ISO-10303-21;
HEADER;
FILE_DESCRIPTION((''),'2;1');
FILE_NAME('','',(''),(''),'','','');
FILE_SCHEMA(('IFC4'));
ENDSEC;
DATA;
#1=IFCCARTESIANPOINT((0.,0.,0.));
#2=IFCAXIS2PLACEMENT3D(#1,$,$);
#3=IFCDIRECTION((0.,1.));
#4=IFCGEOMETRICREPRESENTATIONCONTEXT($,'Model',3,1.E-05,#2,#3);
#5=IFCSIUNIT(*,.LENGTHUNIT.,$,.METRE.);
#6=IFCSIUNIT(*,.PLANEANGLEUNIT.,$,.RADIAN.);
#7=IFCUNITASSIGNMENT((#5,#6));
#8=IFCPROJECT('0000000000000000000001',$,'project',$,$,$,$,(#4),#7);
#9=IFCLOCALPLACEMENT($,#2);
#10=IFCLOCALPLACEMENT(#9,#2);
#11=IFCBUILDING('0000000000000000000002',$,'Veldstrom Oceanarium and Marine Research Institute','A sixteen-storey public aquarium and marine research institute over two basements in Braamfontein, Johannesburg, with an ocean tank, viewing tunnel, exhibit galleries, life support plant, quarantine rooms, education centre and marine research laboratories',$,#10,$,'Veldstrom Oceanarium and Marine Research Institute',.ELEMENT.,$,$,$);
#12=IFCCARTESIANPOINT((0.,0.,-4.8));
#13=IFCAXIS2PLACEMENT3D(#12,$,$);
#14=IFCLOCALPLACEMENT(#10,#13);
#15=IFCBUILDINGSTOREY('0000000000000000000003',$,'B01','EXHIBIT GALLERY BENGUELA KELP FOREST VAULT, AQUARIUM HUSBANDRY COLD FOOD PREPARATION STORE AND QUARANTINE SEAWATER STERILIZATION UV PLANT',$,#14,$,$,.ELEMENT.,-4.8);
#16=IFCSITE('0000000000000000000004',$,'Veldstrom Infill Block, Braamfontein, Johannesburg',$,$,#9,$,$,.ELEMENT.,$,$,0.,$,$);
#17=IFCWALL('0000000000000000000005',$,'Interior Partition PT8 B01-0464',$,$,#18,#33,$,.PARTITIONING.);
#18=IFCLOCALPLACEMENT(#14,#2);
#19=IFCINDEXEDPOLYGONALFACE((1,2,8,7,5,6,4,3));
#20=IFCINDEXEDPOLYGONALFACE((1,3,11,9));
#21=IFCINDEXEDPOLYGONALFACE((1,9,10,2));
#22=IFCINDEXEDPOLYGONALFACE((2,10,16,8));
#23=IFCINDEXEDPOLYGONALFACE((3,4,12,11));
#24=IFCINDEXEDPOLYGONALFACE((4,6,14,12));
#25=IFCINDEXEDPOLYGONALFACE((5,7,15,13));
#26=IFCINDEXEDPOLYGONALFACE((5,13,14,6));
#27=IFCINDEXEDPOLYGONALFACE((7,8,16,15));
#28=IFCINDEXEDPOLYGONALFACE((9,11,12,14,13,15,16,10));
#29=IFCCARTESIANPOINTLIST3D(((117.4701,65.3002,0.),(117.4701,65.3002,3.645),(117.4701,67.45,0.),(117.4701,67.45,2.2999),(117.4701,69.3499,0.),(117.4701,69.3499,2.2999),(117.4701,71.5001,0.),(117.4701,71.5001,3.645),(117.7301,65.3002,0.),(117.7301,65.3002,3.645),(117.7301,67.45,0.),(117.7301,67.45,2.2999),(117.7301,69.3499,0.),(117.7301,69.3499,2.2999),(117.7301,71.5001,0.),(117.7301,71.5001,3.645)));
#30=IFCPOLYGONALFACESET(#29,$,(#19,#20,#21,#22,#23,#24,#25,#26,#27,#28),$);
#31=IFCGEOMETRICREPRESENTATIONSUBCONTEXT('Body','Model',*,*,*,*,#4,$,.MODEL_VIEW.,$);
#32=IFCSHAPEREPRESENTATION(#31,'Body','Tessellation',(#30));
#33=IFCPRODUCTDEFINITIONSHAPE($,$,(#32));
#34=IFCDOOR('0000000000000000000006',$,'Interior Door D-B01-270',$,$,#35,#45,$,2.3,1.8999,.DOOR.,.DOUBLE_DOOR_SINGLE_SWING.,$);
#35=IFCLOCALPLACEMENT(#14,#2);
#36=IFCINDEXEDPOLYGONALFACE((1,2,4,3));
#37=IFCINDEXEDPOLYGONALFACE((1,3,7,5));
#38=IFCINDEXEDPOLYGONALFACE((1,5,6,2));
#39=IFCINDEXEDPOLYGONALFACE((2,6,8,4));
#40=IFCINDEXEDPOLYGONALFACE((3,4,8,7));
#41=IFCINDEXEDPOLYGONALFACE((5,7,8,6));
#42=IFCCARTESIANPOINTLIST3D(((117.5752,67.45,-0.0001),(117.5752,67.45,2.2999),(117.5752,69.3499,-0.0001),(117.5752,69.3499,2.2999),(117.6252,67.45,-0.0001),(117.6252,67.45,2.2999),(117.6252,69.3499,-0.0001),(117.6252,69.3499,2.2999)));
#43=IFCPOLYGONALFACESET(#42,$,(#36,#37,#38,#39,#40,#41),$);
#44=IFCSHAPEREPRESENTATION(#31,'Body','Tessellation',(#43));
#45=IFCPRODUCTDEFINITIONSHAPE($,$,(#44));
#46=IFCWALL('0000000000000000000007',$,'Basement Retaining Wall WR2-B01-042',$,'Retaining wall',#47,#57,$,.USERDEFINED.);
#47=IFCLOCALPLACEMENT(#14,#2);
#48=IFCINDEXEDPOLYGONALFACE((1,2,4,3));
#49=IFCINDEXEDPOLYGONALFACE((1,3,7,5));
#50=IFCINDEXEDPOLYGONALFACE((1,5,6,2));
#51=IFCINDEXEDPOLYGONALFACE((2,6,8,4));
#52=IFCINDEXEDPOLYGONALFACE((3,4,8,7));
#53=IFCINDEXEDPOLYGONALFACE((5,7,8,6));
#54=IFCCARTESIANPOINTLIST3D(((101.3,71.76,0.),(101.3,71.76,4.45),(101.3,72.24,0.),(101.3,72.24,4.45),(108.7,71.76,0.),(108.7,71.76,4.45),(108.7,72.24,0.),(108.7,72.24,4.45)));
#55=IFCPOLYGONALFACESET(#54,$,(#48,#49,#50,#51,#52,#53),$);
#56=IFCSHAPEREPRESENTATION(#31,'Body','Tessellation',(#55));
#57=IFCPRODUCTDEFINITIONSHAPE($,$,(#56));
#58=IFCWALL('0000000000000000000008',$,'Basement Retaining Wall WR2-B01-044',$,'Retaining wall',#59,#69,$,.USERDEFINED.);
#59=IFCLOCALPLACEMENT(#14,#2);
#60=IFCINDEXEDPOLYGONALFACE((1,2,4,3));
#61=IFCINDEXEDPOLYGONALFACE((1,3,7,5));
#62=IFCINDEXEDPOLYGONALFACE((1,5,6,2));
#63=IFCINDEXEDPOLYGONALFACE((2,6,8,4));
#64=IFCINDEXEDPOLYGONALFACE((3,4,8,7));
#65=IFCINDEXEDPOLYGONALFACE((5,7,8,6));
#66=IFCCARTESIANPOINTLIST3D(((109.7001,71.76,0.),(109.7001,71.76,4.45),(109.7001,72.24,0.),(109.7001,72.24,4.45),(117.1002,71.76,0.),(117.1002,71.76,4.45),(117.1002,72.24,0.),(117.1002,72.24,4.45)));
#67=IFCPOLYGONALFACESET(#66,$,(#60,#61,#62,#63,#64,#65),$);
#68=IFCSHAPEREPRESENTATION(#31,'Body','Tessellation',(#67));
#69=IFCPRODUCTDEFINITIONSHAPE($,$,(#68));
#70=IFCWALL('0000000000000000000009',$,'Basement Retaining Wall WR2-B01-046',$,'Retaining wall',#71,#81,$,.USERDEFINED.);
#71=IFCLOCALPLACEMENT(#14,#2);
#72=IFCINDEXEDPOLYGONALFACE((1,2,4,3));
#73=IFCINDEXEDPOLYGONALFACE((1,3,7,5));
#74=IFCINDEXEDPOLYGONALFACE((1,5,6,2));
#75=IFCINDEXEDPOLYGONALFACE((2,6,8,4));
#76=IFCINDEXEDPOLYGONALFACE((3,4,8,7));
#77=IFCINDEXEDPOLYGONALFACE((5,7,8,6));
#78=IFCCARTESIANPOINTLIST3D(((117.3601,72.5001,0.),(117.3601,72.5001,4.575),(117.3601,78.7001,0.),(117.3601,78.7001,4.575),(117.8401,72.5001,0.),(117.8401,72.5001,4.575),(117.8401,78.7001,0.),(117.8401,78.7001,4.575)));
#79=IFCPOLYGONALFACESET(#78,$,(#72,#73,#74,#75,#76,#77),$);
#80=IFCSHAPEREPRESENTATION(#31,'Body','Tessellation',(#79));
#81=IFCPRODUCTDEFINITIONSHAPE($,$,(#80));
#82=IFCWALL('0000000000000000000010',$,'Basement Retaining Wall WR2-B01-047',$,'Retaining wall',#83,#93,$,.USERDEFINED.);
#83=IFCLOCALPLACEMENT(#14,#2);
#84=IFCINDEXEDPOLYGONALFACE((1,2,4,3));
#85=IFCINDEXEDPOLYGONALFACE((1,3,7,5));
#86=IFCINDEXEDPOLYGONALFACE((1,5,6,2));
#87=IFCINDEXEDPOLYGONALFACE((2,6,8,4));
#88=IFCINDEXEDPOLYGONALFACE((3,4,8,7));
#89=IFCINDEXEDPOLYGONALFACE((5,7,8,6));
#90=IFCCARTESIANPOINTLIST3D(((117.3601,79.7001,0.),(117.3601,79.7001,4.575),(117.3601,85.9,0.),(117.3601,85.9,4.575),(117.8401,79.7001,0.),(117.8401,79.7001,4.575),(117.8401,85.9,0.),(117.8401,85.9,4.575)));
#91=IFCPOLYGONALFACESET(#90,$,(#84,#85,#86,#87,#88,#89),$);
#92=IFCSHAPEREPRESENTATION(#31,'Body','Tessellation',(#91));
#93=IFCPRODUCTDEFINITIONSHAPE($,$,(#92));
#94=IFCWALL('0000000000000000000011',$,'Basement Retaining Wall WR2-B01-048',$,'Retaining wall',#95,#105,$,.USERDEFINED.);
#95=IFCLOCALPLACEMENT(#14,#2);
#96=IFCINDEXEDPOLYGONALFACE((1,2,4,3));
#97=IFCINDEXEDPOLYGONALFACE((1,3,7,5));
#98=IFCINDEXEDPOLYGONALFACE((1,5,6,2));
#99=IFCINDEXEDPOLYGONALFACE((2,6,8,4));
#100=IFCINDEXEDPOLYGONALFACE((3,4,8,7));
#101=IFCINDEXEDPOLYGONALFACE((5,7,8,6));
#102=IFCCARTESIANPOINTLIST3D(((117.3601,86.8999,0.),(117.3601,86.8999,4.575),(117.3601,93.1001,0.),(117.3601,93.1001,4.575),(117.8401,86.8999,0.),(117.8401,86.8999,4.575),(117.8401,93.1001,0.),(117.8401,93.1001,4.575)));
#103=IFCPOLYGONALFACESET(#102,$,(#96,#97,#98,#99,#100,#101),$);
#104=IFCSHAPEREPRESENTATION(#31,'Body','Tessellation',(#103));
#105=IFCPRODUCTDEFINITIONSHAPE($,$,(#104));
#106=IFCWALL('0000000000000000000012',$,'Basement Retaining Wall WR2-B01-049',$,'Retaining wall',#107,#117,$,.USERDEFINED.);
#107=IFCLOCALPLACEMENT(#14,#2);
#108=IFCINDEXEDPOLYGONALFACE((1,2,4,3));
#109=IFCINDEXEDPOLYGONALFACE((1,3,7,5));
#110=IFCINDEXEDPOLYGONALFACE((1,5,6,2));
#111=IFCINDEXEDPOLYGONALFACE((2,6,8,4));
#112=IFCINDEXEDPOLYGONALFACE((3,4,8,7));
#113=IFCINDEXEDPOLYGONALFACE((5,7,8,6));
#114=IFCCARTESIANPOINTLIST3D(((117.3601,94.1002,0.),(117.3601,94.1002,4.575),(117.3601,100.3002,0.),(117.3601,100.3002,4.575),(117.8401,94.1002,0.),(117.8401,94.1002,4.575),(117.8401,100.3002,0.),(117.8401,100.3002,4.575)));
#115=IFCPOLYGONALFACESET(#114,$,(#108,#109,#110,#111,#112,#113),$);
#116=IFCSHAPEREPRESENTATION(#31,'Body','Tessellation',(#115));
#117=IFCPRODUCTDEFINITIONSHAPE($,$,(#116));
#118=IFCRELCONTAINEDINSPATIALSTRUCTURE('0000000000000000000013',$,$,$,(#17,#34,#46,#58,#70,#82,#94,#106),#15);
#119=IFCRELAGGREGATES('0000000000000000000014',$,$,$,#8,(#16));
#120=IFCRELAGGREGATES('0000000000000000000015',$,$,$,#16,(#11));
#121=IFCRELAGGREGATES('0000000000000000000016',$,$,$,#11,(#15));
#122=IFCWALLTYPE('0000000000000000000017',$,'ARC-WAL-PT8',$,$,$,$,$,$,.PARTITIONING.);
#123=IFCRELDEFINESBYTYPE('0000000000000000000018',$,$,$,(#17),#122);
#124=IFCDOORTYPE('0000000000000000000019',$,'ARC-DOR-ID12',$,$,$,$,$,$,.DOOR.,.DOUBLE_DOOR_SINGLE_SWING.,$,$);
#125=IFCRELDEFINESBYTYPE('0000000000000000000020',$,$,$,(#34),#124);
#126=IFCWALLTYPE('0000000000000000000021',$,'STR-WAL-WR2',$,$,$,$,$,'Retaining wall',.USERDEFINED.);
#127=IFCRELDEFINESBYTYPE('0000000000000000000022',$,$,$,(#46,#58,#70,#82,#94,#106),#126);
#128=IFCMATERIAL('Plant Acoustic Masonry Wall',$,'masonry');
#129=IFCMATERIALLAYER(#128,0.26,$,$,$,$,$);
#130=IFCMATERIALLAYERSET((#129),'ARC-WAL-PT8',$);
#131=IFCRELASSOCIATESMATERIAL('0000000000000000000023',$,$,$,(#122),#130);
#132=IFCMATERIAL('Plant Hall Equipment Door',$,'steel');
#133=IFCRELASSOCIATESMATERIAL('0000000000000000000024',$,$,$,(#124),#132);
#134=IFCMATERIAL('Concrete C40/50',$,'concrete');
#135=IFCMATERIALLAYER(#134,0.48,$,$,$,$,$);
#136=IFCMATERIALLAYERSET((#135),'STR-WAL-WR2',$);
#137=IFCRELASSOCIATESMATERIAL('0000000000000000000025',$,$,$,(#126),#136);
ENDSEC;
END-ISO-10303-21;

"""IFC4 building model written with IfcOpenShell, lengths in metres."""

from ifc_helpers import new_model, si_unit, direction, frame, frame_2d, origin, place, context, subcontext, project, spatial, rectangle, extrude, material, layer, layer_set, type_object, element, fill, save


model = new_model("IFC4")

# Units and contexts
model_context = context("Model", 3, precision=1e-05, world=origin(), true_north=direction((0.0, 1.0)))
body_context = subcontext(model_context, "Body", "Model", "MODEL_VIEW")
ifc_project = project(units=[si_unit("LENGTHUNIT", "METRE"), si_unit("PLANEANGLEUNIT", "RADIAN")], contexts=[model_context])

# Site, building, storey
site_placement = place(None, origin())
site = spatial("IfcSite", under=ifc_project, at=site_placement, Name="Veldstrom Infill Block, Braamfontein, Johannesburg", CompositionType="ELEMENT", RefElevation=0.0)
building_placement = place(site_placement, origin())
building = spatial("IfcBuilding", under=site, at=building_placement, Name="Veldstrom Oceanarium and Marine Research Institute", Description="A sixteen-storey public aquarium and marine research institute over two basements in Braamfontein, Johannesburg, with an ocean tank, viewing tunnel, exhibit galleries, life support plant, quarantine rooms, education centre and marine research laboratories", LongName="Veldstrom Oceanarium and Marine Research Institute", CompositionType="ELEMENT")
storey_placement = place(building_placement, frame((0.0, 0.0, -4.8)))
storey = spatial("IfcBuildingStorey", under=building, at=storey_placement, Name="B01", Description="EXHIBIT GALLERY BENGUELA KELP FOREST VAULT, AQUARIUM HUSBANDRY COLD FOOD PREPARATION STORE AND QUARANTINE SEAWATER STERILIZATION UV PLANT", CompositionType="ELEMENT", Elevation=-4.8)

# Wall, opening, door
ifc_material_1 = material(Name="Plant Acoustic Masonry Wall", Category="masonry")
ifc_layer_1 = layer(ifc_material_1, 0.26)
ifc_layer_set_1 = layer_set([ifc_layer_1], Name="ARC-WAL-PT8")
wall_type_1 = type_object("IfcWallType", Name="ARC-WAL-PT8", PredefinedType="PARTITIONING", material=ifc_layer_set_1)
wall_1_placement = place(storey_placement, frame((117.6001, 65.3, 0.0), z_axis=(0.0, 0.0, 1.0), x_axis=(0.0, 1.0, 0.0)))
wall_1 = element("IfcWall", 1, at=wall_1_placement, inside=storey, type_object=wall_type_1, Name="Interior Partition PT8 B01-0464", PredefinedType="PARTITIONING", context=body_context, shape_type="SweptSolid", body=[
    extrude(rectangle(XDim=6.2, YDim=0.26, at=frame_2d((3.1001, 0.0))), origin(), (0.0, 0.0, 1.0), 3.645),
])
opening_placement = place(wall_1_placement, frame((2.1499, 0.0, 0.0)))
opening = element("IfcOpeningElement", 2, at=opening_placement, cuts=wall_1, PredefinedType="OPENING", context=body_context, shape_type="SweptSolid", body=[
    extrude(rectangle(XDim=1.8999, YDim=2.3, at=frame_2d((0.95, 1.1499))), frame((0.0, 0.1399, 0.0), z_axis=(0.0, -1.0, 0.0), x_axis=(1.0, 0.0, 0.0)), (0.0, 0.0, 1.0), 0.28),
])
ifc_material_2 = material(Name="Plant Hall Equipment Door", Category="steel")
door_type = type_object("IfcDoorType", Name="ARC-DOR-ID12", OperationType="DOUBLE_DOOR_SINGLE_SWING", PredefinedType="DOOR", material=ifc_material_2)
door_placement = place(opening_placement, origin())
door = element("IfcDoor", 3, at=door_placement, inside=storey, type_object=door_type, Name="Interior Door D-B01-270", OperationType="DOUBLE_DOOR_SINGLE_SWING", OverallHeight=2.3, OverallWidth=1.8999, PredefinedType="DOOR", context=body_context, shape_type="SweptSolid", body=[
    extrude(rectangle(XDim=1.8999, YDim=2.3, at=frame_2d((0.95, 1.1499))), frame((0.0, 0.0249, 0.0), z_axis=(0.0, -1.0, 0.0), x_axis=(1.0, 0.0, 0.0)), (0.0, 0.0, 1.0), 0.05),
])
fill(opening, door)

# Walls
ifc_material_3 = material(Name="Concrete C40/50", Category="concrete")
ifc_layer_2 = layer(ifc_material_3, 0.48)
ifc_layer_set_2 = layer_set([ifc_layer_2], Name="STR-WAL-WR2")
wall_type_2 = type_object("IfcWallType", Name="STR-WAL-WR2", ElementType="Retaining wall", PredefinedType="USERDEFINED", material=ifc_layer_set_2)
wall_2_placement = place(storey_placement, frame((101.3, 72.0, 0.0), z_axis=(0.0, 0.0, 1.0), x_axis=(1.0, 0.0, 0.0)))
element("IfcWall", 4, at=wall_2_placement, inside=storey, type_object=wall_type_2, Name="Basement Retaining Wall WR2-B01-042", ObjectType="Retaining wall", PredefinedType="USERDEFINED", context=body_context, shape_type="SweptSolid", body=[
    extrude(rectangle(XDim=7.3999, YDim=0.48, at=frame_2d((3.7, 0.0))), origin(), (0.0, 0.0, 1.0), 4.45),
])
wall_3_placement = place(storey_placement, frame((109.7, 72.0, 0.0), z_axis=(0.0, 0.0, 1.0), x_axis=(1.0, 0.0, 0.0)))
element("IfcWall", 5, at=wall_3_placement, inside=storey, type_object=wall_type_2, Name="Basement Retaining Wall WR2-B01-044", ObjectType="Retaining wall", PredefinedType="USERDEFINED", context=body_context, shape_type="SweptSolid", body=[
    extrude(rectangle(XDim=7.4001, YDim=0.48, at=frame_2d((3.7002, 0.0))), origin(), (0.0, 0.0, 1.0), 4.45),
])
for number, where, z_axis, x_axis, name in (
    (6, (117.6001, 72.5, 0.0), (0.0, 0.0, 1.0), (0.0, 1.0, 0.0), "Basement Retaining Wall WR2-B01-046"),
    (7, (117.6001, 79.7, 0.0), (0.0, 0.0, 1.0), (0.0, 1.0, 0.0), "Basement Retaining Wall WR2-B01-047"),
):
    element("IfcWall", number, at=place(storey_placement, frame(where, z_axis=z_axis, x_axis=x_axis)), inside=storey, type_object=wall_type_2, Name=name, ObjectType="Retaining wall", PredefinedType="USERDEFINED", context=body_context, shape_type="SweptSolid", body=[
        extrude(rectangle(XDim=6.2, YDim=0.48, at=frame_2d((3.1001, 0.0))), origin(), (0.0, 0.0, 1.0), 4.575),
    ])
wall_4_placement = place(storey_placement, frame((117.6001, 86.8999, 0.0), z_axis=(0.0, 0.0, 1.0), x_axis=(0.0, 1.0, 0.0)))
element("IfcWall", 8, at=wall_4_placement, inside=storey, type_object=wall_type_2, Name="Basement Retaining Wall WR2-B01-048", ObjectType="Retaining wall", PredefinedType="USERDEFINED", context=body_context, shape_type="SweptSolid", body=[
    extrude(rectangle(XDim=6.2002, YDim=0.48, at=frame_2d((3.1001, 0.0))), origin(), (0.0, 0.0, 1.0), 4.575),
])
wall_5_placement = place(storey_placement, frame((117.6001, 94.1001, 0.0), z_axis=(0.0, 0.0, 1.0), x_axis=(0.0, 1.0, 0.0)))
element("IfcWall", 9, at=wall_5_placement, inside=storey, type_object=wall_type_2, Name="Basement Retaining Wall WR2-B01-049", ObjectType="Retaining wall", PredefinedType="USERDEFINED", context=body_context, shape_type="SweptSolid", body=[
    extrude(rectangle(XDim=6.2, YDim=0.48, at=frame_2d((3.1001, 0.0))), origin(), (0.0, 0.0, 1.0), 4.575),
])

save(model, "model.ifc")
